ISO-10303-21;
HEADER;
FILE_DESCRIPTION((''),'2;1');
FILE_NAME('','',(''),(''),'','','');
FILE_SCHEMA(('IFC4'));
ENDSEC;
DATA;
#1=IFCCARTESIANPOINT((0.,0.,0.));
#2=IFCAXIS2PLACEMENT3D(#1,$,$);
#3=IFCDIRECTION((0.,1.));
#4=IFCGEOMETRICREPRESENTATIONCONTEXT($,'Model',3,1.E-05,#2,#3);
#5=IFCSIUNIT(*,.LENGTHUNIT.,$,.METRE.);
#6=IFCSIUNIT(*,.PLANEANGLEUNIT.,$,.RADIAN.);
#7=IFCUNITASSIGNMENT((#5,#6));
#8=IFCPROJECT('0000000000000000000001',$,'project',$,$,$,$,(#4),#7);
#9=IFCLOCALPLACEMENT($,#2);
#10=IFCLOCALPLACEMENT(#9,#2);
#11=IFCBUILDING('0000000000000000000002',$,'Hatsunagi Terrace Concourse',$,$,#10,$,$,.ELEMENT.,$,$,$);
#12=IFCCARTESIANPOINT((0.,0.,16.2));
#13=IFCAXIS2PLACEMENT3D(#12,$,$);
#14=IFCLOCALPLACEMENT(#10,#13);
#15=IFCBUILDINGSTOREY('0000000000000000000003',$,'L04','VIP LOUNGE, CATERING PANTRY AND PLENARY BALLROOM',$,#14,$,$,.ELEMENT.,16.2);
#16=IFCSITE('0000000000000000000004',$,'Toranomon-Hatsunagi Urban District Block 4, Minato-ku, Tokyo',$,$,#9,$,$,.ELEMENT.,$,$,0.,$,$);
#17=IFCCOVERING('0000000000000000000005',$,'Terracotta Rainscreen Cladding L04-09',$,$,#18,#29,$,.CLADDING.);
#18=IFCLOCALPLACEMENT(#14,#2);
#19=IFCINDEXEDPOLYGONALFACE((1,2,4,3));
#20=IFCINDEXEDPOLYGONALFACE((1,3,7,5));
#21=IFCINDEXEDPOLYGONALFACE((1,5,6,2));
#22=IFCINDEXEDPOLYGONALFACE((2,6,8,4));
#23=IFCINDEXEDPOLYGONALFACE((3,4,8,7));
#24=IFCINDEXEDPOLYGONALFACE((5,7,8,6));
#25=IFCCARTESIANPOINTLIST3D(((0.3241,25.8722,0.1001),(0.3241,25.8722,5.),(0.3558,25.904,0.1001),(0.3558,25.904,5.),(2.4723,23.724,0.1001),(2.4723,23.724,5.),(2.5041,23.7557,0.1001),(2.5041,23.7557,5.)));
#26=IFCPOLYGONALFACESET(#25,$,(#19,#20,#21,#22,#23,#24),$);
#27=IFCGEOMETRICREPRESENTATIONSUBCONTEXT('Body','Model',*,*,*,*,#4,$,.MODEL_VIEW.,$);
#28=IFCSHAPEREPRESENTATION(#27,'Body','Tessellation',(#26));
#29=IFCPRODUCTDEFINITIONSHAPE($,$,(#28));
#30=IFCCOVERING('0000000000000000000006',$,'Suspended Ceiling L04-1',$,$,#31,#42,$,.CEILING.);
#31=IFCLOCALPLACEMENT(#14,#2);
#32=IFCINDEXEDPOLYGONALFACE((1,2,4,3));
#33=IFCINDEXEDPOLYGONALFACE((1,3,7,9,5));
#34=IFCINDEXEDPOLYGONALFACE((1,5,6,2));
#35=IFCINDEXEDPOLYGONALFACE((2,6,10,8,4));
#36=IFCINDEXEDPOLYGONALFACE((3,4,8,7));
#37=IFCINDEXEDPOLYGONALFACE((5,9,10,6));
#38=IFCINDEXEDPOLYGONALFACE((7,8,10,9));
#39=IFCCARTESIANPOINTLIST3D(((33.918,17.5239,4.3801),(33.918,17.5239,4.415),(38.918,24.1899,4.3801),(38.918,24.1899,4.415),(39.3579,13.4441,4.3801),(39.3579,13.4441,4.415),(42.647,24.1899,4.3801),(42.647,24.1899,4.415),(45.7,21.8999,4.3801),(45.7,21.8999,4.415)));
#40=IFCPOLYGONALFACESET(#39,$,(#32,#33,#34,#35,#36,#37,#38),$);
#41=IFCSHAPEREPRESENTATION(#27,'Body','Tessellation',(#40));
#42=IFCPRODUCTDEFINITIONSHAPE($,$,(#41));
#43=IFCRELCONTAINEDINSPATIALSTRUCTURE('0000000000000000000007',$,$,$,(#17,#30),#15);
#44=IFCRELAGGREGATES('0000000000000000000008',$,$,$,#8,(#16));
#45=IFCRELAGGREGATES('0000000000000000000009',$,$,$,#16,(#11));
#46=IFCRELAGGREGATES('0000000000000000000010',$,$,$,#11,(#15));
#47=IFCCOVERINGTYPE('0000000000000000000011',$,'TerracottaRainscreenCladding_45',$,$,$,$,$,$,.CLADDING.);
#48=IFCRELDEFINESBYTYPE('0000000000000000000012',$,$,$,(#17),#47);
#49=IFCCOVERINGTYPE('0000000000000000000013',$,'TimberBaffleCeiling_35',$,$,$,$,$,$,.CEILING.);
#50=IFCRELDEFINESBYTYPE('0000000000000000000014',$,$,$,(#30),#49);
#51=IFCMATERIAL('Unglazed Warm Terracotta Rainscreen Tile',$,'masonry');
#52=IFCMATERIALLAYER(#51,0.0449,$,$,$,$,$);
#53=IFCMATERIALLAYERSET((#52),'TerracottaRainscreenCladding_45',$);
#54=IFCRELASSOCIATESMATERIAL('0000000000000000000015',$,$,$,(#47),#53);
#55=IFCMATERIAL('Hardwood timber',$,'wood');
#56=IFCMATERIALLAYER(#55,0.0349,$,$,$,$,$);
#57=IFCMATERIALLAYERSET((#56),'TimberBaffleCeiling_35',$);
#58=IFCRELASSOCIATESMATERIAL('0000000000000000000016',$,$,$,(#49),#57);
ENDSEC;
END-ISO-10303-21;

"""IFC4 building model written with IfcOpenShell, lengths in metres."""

from ifc_helpers import new_model, si_unit, direction, frame, origin, origin_2d, place, context, subcontext, project, spatial, polyline, rectangle, outline, extrude, material, layer, layer_set, type_object, element, save


model = new_model("IFC4")

# Units and contexts
model_context = context("Model", 3, precision=1e-05, world=origin(), true_north=direction((0.0, 1.0)))
body_context = subcontext(model_context, "Body", "Model", "MODEL_VIEW")
ifc_project = project(units=[si_unit("LENGTHUNIT", "METRE"), si_unit("PLANEANGLEUNIT", "RADIAN")], contexts=[model_context])

# Site, building, storey
site_placement = place(None, origin())
site = spatial("IfcSite", under=ifc_project, at=site_placement, Name="Toranomon-Hatsunagi Urban District Block 4, Minato-ku, Tokyo", CompositionType="ELEMENT", RefElevation=0.0)
building_placement = place(site_placement, origin())
building = spatial("IfcBuilding", under=site, at=building_placement, Name="Hatsunagi Terrace Concourse", CompositionType="ELEMENT")
storey_placement = place(building_placement, frame((0.0, 0.0, 16.2)))
storey = spatial("IfcBuildingStorey", under=building, at=storey_placement, Name="L04", Description="VIP LOUNGE, CATERING PANTRY AND PLENARY BALLROOM", CompositionType="ELEMENT", Elevation=16.2)

# Coverings
ifc_material_1 = material(Name="Unglazed Warm Terracotta Rainscreen Tile", Category="masonry")
ifc_layer_1 = layer(ifc_material_1, 0.0449)
ifc_layer_set_1 = layer_set([ifc_layer_1], Name="TerracottaRainscreenCladding_45")
covering_type_1 = type_object("IfcCoveringType", Name="TerracottaRainscreenCladding_45", PredefinedType="CLADDING", material=ifc_layer_set_1)
covering_1_placement = place(storey_placement, frame((1.4141, 24.814, 0.1001), z_axis=(0.0, 0.0, 1.0), x_axis=(-0.707107, 0.707107, 0.0)))
element("IfcCovering", 1, at=covering_1_placement, inside=storey, type_object=covering_type_1, Name="Terracotta Rainscreen Cladding L04-09", PredefinedType="CLADDING", context=body_context, shape_type="SweptSolid", body=[
    extrude(rectangle(XDim=3.0381, YDim=0.0449, at=origin_2d()), origin(), (0.0, 0.0, 1.0), 4.8999),
])
ifc_material_2 = material(Name="Hardwood timber", Category="wood")
ifc_layer_2 = layer(ifc_material_2, 0.0349)
ifc_layer_set_2 = layer_set([ifc_layer_2], Name="TimberBaffleCeiling_35")
covering_type_2 = type_object("IfcCoveringType", Name="TimberBaffleCeiling_35", PredefinedType="CEILING", material=ifc_layer_set_2)
covering_2_placement = place(storey_placement, frame((0.0, 0.0, 4.3801)))
element("IfcCovering", 2, at=covering_2_placement, inside=storey, type_object=covering_type_2, Name="Suspended Ceiling L04-1", PredefinedType="CEILING", context=body_context, shape_type="SweptSolid", body=[
    extrude(outline(polyline([(33.918, 17.5239), (39.3579, 13.4441), (45.7, 21.8999), (42.647, 24.1899), (38.918, 24.1899), (33.918, 17.5239)])), origin(), (0.0, 0.0, 1.0), 0.0349),
])

save(model, "model.ifc")
